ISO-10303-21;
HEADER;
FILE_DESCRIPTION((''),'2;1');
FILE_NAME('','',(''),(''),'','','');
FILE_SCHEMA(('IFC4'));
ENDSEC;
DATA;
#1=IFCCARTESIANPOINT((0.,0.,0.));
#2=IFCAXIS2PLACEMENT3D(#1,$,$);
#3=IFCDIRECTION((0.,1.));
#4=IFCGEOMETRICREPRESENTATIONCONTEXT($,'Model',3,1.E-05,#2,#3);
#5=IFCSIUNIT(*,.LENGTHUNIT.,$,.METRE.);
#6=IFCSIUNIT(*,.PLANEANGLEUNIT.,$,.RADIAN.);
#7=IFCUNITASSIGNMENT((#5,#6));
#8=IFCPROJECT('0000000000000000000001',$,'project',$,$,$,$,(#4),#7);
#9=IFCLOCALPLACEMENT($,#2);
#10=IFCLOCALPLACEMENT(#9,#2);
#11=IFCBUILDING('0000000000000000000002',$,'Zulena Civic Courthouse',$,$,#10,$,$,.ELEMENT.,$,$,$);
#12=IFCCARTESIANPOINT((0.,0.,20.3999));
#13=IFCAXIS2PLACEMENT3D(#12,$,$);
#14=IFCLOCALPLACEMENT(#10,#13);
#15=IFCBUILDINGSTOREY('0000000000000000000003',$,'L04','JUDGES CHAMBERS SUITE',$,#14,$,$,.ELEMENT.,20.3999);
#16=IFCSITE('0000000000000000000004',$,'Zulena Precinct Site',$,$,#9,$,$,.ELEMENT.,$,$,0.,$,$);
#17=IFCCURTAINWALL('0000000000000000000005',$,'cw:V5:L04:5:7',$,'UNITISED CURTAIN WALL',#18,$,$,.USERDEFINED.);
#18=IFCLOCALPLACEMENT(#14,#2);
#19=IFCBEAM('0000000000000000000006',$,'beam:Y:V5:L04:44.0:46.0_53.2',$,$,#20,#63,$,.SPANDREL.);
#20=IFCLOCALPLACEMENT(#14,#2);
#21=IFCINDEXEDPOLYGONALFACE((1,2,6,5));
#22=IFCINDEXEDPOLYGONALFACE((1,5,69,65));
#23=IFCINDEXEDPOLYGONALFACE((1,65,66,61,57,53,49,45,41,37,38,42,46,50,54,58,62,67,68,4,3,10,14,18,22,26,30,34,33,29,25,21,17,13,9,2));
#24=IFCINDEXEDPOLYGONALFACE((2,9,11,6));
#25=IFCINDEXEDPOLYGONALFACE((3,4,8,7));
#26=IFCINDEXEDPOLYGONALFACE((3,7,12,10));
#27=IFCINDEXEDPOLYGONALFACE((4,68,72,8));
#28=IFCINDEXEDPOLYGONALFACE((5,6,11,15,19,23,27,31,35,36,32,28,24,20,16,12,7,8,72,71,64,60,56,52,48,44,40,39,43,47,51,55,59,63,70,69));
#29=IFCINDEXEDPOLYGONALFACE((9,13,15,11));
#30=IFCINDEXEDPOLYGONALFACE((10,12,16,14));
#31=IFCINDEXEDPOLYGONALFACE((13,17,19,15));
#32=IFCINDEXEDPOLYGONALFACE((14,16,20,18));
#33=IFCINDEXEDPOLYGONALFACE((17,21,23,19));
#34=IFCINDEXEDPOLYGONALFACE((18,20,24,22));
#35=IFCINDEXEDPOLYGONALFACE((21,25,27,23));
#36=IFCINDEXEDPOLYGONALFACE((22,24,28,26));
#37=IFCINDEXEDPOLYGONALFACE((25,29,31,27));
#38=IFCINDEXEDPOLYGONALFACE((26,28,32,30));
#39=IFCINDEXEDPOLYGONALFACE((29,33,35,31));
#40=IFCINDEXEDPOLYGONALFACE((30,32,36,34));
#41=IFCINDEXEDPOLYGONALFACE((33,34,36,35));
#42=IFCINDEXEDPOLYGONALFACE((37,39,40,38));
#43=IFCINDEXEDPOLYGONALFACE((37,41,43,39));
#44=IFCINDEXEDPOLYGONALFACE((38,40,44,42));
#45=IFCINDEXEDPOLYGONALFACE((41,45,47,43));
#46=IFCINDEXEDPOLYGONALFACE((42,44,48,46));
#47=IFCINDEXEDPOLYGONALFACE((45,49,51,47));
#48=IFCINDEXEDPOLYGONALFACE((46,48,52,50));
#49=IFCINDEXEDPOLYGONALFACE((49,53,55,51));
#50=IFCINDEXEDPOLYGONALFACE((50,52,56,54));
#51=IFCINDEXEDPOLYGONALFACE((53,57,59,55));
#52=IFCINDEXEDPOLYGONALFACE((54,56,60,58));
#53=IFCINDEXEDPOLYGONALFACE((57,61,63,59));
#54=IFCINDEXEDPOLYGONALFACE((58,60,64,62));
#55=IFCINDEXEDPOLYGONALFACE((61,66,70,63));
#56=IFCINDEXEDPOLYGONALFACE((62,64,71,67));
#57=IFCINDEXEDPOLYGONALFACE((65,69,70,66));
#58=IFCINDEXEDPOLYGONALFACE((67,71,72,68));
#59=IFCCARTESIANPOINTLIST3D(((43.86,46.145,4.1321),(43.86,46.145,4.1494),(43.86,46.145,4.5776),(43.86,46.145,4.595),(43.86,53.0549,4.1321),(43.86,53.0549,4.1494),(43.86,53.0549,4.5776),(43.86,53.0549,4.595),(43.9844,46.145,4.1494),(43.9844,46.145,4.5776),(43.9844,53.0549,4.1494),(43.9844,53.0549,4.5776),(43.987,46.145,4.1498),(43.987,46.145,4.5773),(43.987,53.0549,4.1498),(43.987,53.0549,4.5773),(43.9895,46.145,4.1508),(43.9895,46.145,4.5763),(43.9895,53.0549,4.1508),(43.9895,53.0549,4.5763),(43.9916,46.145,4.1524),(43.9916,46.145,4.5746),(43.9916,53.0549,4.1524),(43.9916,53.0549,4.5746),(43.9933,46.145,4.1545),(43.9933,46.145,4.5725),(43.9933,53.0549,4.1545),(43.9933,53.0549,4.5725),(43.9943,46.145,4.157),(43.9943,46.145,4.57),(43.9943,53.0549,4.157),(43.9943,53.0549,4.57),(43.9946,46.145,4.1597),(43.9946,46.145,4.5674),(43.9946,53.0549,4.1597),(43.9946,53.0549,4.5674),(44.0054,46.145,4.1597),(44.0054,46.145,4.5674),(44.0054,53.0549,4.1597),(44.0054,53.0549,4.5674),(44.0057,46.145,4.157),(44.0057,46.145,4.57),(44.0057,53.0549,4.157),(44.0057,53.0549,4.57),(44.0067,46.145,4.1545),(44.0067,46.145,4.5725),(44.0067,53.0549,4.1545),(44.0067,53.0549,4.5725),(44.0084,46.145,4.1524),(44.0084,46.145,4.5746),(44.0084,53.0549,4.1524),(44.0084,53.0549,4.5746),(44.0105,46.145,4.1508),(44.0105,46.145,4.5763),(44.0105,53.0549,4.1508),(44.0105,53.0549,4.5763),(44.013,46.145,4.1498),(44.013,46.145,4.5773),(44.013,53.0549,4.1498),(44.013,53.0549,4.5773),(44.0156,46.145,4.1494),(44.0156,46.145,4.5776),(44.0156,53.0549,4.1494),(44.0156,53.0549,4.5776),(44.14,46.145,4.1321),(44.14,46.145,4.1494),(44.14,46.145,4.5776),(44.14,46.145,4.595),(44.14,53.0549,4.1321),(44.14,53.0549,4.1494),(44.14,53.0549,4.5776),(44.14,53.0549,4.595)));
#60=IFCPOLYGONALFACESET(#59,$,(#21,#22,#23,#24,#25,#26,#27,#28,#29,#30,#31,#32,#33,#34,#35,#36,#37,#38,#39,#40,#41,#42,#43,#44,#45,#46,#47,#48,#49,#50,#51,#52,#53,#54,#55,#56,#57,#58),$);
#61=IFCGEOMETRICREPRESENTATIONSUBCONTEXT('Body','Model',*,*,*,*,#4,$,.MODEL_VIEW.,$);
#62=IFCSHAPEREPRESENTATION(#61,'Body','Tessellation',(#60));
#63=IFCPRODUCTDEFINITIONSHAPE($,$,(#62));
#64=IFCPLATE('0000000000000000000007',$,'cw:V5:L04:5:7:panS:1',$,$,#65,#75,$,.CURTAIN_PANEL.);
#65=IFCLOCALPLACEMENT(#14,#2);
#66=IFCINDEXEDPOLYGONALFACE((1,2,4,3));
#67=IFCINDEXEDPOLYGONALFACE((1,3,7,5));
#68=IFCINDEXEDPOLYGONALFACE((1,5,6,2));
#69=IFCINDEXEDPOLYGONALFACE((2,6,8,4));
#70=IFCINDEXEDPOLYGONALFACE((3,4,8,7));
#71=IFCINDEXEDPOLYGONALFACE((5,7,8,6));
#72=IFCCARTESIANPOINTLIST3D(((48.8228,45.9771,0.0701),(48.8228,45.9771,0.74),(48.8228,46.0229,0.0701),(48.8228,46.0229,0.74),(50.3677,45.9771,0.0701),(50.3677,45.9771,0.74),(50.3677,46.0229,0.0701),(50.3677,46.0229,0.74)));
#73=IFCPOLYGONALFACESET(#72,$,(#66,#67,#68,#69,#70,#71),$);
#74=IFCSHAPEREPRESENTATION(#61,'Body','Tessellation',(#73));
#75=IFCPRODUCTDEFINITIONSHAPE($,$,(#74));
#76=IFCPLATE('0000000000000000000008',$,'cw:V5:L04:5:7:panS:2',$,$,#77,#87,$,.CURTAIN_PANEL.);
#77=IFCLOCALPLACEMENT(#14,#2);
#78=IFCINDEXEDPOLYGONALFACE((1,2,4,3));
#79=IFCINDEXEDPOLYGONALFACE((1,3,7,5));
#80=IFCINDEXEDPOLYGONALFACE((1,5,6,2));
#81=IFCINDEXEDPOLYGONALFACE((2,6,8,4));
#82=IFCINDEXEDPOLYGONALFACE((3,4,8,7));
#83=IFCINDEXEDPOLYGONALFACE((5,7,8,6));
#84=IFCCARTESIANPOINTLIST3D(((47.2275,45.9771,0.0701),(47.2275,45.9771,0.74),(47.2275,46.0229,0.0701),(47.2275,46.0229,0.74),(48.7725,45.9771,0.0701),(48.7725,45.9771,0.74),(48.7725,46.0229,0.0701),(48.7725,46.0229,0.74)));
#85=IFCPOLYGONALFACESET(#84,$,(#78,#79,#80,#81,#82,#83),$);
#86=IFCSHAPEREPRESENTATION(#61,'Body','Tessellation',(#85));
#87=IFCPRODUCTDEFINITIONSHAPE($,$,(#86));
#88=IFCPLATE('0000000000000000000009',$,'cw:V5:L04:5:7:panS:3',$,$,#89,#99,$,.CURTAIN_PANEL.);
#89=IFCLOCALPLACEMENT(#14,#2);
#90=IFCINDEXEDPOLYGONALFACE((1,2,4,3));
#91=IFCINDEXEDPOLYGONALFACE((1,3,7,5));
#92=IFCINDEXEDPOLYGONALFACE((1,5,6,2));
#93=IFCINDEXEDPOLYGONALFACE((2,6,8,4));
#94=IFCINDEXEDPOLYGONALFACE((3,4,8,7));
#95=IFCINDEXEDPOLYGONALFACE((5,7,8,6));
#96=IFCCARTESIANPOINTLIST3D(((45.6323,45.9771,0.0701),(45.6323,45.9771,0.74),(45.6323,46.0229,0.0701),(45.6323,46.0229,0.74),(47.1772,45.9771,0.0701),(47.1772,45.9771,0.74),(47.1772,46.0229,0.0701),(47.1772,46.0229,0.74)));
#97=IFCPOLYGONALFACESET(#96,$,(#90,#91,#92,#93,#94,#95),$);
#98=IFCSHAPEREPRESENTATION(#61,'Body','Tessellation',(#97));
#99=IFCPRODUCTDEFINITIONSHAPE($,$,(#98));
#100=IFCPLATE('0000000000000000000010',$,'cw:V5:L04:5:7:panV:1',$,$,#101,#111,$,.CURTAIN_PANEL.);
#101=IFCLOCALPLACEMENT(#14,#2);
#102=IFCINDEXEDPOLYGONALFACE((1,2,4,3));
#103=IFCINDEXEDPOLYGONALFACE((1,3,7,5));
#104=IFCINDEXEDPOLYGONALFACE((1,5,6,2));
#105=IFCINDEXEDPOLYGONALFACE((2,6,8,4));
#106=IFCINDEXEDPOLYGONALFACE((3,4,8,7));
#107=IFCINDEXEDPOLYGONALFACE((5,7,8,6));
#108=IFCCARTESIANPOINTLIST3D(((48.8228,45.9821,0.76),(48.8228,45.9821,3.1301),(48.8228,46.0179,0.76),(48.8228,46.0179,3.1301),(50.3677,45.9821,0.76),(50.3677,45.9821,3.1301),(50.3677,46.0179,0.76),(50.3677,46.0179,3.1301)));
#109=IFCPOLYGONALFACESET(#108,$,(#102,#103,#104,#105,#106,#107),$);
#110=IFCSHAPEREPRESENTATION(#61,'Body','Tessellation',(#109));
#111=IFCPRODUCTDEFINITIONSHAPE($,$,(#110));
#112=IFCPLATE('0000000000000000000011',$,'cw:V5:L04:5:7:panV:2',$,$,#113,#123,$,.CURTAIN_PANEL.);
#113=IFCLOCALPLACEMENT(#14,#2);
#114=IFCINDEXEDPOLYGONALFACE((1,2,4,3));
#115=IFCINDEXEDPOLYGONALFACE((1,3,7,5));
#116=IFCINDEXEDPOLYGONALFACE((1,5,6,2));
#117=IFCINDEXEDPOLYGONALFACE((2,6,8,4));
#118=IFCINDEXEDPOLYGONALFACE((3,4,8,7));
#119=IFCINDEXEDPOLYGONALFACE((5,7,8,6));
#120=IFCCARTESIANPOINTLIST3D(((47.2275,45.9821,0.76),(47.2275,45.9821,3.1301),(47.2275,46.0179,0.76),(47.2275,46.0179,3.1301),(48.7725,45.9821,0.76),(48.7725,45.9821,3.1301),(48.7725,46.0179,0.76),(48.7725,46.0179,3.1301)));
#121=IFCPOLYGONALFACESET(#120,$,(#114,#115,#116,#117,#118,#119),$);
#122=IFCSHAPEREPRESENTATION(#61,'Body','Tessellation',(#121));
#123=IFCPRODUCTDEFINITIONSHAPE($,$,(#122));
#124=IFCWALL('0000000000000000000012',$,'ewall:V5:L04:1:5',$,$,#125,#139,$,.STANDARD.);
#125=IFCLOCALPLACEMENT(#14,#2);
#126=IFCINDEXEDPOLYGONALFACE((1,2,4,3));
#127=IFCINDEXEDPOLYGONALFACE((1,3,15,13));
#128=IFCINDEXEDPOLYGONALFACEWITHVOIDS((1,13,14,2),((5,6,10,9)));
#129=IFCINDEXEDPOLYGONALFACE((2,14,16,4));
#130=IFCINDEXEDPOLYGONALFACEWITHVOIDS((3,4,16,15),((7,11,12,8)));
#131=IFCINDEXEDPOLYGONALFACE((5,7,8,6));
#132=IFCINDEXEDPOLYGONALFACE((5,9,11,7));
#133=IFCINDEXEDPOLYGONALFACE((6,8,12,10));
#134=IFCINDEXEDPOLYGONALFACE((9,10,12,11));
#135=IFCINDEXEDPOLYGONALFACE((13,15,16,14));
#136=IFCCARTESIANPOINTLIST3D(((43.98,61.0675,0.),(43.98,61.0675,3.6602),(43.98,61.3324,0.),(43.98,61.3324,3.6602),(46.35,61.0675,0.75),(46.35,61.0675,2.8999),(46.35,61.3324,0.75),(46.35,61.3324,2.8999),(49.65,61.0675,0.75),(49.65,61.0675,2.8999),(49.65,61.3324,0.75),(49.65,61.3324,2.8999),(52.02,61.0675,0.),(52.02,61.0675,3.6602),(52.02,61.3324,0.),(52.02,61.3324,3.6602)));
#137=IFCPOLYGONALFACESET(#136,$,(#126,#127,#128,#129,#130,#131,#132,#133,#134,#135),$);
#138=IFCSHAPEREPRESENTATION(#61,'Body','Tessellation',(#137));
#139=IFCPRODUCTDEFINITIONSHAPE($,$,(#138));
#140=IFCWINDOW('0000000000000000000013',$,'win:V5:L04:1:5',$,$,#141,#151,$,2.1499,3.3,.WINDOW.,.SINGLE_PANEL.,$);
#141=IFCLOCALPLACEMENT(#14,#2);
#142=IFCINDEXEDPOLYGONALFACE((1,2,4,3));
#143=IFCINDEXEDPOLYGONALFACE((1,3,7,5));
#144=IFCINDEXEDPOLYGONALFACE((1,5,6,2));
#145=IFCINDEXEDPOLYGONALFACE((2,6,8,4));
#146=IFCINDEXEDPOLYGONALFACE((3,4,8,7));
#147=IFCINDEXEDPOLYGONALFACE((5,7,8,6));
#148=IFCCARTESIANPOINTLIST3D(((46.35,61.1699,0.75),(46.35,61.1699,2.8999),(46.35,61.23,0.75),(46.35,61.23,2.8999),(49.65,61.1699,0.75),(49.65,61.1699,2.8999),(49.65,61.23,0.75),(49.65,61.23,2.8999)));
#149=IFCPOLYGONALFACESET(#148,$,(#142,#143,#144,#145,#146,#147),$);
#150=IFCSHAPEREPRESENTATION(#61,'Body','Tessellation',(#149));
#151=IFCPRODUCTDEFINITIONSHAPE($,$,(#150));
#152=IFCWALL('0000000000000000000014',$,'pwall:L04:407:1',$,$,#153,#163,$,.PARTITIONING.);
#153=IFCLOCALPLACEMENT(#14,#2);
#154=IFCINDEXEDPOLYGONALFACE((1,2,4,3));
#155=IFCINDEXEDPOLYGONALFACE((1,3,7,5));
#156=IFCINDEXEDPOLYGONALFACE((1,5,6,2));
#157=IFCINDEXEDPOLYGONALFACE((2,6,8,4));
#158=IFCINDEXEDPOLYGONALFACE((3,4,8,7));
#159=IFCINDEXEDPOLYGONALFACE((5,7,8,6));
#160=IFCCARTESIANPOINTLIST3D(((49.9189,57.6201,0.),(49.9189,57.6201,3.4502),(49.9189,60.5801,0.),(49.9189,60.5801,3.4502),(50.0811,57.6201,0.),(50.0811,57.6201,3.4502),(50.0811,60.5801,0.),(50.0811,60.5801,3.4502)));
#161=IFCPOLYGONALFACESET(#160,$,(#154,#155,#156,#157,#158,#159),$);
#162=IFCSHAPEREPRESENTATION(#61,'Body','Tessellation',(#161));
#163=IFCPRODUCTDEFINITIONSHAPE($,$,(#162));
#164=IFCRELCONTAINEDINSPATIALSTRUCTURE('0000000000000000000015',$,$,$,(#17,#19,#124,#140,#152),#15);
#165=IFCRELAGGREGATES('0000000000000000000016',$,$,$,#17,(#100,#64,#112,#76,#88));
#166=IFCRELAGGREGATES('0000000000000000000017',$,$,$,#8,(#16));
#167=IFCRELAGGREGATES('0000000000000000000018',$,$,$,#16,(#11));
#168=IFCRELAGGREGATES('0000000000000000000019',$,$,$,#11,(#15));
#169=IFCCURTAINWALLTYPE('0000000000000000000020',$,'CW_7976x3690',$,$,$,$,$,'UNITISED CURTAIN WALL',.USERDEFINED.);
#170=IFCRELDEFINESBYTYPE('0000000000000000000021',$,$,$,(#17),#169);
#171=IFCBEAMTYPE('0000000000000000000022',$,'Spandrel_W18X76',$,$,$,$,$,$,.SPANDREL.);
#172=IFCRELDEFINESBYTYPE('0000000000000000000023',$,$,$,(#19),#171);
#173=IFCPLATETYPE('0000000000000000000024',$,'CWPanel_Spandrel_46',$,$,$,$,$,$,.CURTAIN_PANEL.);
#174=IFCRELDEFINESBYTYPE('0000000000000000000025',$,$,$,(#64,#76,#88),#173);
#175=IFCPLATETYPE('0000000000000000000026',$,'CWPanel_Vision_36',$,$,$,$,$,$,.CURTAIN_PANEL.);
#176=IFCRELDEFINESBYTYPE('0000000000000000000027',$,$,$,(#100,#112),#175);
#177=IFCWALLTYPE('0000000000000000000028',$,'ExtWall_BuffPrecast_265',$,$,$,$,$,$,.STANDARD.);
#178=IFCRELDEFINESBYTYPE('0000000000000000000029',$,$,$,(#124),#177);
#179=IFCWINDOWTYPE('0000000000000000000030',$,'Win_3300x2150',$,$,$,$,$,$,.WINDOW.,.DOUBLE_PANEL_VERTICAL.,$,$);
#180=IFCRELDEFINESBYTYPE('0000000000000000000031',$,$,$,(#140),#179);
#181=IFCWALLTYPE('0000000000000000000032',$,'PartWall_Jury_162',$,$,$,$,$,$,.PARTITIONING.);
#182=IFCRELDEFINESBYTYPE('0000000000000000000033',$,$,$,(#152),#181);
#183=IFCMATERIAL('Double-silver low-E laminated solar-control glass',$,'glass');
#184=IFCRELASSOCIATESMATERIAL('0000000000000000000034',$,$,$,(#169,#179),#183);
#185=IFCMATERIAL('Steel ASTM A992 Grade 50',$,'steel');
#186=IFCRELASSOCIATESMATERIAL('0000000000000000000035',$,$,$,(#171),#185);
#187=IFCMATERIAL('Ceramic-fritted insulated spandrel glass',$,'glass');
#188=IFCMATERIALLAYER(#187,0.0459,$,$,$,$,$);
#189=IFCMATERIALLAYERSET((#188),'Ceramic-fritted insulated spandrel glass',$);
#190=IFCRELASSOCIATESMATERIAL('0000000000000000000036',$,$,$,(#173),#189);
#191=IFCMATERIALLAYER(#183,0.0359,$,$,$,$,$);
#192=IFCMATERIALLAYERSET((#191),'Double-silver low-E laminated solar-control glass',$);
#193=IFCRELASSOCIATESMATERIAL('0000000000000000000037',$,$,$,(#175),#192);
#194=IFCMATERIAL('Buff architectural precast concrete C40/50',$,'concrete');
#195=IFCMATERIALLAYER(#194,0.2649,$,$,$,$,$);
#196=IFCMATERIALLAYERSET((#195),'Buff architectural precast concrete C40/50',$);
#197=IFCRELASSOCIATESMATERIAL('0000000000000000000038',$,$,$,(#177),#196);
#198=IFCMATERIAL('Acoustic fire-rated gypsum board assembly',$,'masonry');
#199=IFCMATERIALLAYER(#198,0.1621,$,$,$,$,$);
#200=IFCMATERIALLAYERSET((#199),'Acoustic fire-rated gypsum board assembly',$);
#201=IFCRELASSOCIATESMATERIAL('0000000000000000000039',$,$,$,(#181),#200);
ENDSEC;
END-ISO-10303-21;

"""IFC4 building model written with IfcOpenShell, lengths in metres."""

from ifc_helpers import new_model, si_unit, direction, frame, frame_2d, origin, origin_2d, place, context, subcontext, project, spatial, rectangle, i_section, extrude, material, layer, layer_set, material_profile, profile_set, type_object, element, fill, aggregate, save


model = new_model("IFC4")

# Units and contexts
model_context = context("Model", 3, precision=1e-05, world=origin(), true_north=direction((0.0, 1.0)))
body_context = subcontext(model_context, "Body", "Model", "MODEL_VIEW")
ifc_project = project(units=[si_unit("LENGTHUNIT", "METRE"), si_unit("PLANEANGLEUNIT", "RADIAN")], contexts=[model_context])

# Site, building, storey
site_placement = place(None, origin())
site = spatial("IfcSite", under=ifc_project, at=site_placement, Name="Zulena Precinct Site", CompositionType="ELEMENT", RefElevation=0.0)
building_placement = place(site_placement, origin())
building = spatial("IfcBuilding", under=site, at=building_placement, Name="Zulena Civic Courthouse", CompositionType="ELEMENT")
storey_placement = place(building_placement, frame((0.0, 0.0, 20.3999)))
storey = spatial("IfcBuildingStorey", under=building, at=storey_placement, Name="L04", Description="JUDGES CHAMBERS SUITE", CompositionType="ELEMENT", Elevation=20.3999)

# Shared definitions
ifc_material_1 = material(Name="Steel ASTM A992 Grade 50", Category="steel")

# Curtain wall
ifc_material_2 = material(Name="Double-silver low-E laminated solar-control glass", Category="glass")
curtain_wall_type = type_object("IfcCurtainWallType", Name="CW_7976x3690", ElementType="UNITISED CURTAIN WALL", PredefinedType="USERDEFINED", material=ifc_material_2)
curtain_wall_placement = place(storey_placement, origin())
curtain_wall = element("IfcCurtainWall", 1, at=curtain_wall_placement, inside=storey, type_object=curtain_wall_type, Name="cw:V5:L04:5:7", ObjectType="UNITISED CURTAIN WALL", PredefinedType="USERDEFINED")

# Beam
ifc_material_profile_1 = material_profile(ifc_material_1, i_section(OverallWidth=0.28, OverallDepth=0.4629, WebThickness=0.0107, FlangeThickness=0.0173, FilletRadius=0.0103, at=origin_2d()), Name="W18X76")
ifc_profile_set_1 = profile_set([ifc_material_profile_1], Name="Steel ASTM A992 Grade 50")
beam_type_1 = type_object("IfcBeamType", Name="Spandrel_W18X76", PredefinedType="SPANDREL", material=ifc_profile_set_1)
for number, where, z_axis, x_axis, name in (
    (2, (44.0, 46.145, 4.3635), (0.0, 1.0, 0.0), (-1.0, 0.0, 0.0), "beam:Y:V5:L04:44.0:46.0_53.2"),
):
    element("IfcBeam", number, at=place(storey_placement, frame(where, z_axis=z_axis, x_axis=x_axis)), inside=storey, type_object=beam_type_1, Name=name, PredefinedType="SPANDREL", context=body_context, shape_type="SweptSolid", body=[
        extrude(i_section(OverallWidth=0.28, OverallDepth=0.4629, WebThickness=0.0107, FlangeThickness=0.0173, FilletRadius=0.0103, at=origin_2d()), origin(), (0.0, 0.0, 1.0), 6.9099),
    ])

# Plates
ifc_material_3 = material(Name="Ceramic-fritted insulated spandrel glass", Category="glass")
ifc_layer_1 = layer(ifc_material_3, 0.0459)
ifc_layer_set_1 = layer_set([ifc_layer_1], Name="Ceramic-fritted insulated spandrel glass")
plate_type_1 = type_object("IfcPlateType", Name="CWPanel_Spandrel_46", PredefinedType="CURTAIN_PANEL", material=ifc_layer_set_1)
plate_1_placement = place(storey_placement, frame((49.5952, 46.0, 0.0701), z_axis=(0.0, 0.0, 1.0), x_axis=(-1.0, 0.0, 0.0)))
plate_1 = element("IfcPlate", 3, at=plate_1_placement, type_object=plate_type_1, Name="cw:V5:L04:5:7:panS:1", PredefinedType="CURTAIN_PANEL", context=body_context, shape_type="SweptSolid", body=[
    extrude(rectangle(XDim=1.5449, YDim=0.0459, at=origin_2d()), origin(), (0.0, 0.0, 1.0), 0.6699),
])
plate_2_placement = place(storey_placement, frame((48.0, 46.0, 0.0701), z_axis=(0.0, 0.0, 1.0), x_axis=(-1.0, 0.0, 0.0)))
plate_2 = element("IfcPlate", 4, at=plate_2_placement, type_object=plate_type_1, Name="cw:V5:L04:5:7:panS:2", PredefinedType="CURTAIN_PANEL", context=body_context, shape_type="SweptSolid", body=[
    extrude(rectangle(XDim=1.5449, YDim=0.0459, at=origin_2d()), origin(), (0.0, 0.0, 1.0), 0.6699),
])
plate_3_placement = place(storey_placement, frame((46.4048, 46.0, 0.0701), z_axis=(0.0, 0.0, 1.0), x_axis=(-1.0, 0.0, 0.0)))
plate_3 = element("IfcPlate", 5, at=plate_3_placement, type_object=plate_type_1, Name="cw:V5:L04:5:7:panS:3", PredefinedType="CURTAIN_PANEL", context=body_context, shape_type="SweptSolid", body=[
    extrude(rectangle(XDim=1.5449, YDim=0.0459, at=origin_2d()), origin(), (0.0, 0.0, 1.0), 0.6699),
])
ifc_layer_2 = layer(ifc_material_2, 0.0359)
ifc_layer_set_2 = layer_set([ifc_layer_2], Name="Double-silver low-E laminated solar-control glass")
plate_type_2 = type_object("IfcPlateType", Name="CWPanel_Vision_36", PredefinedType="CURTAIN_PANEL", material=ifc_layer_set_2)
plate_4_placement = place(storey_placement, frame((49.5952, 46.0, 0.76), z_axis=(0.0, 0.0, 1.0), x_axis=(-1.0, 0.0, 0.0)))
plate_4 = element("IfcPlate", 6, at=plate_4_placement, type_object=plate_type_2, Name="cw:V5:L04:5:7:panV:1", PredefinedType="CURTAIN_PANEL", context=body_context, shape_type="SweptSolid", body=[
    extrude(rectangle(XDim=1.5449, YDim=0.0359, at=origin_2d()), origin(), (0.0, 0.0, 1.0), 2.3701),
])
plate_5_placement = place(storey_placement, frame((48.0, 46.0, 0.76), z_axis=(0.0, 0.0, 1.0), x_axis=(-1.0, 0.0, 0.0)))
plate_5 = element("IfcPlate", 7, at=plate_5_placement, type_object=plate_type_2, Name="cw:V5:L04:5:7:panV:2", PredefinedType="CURTAIN_PANEL", context=body_context, shape_type="SweptSolid", body=[
    extrude(rectangle(XDim=1.5449, YDim=0.0359, at=origin_2d()), origin(), (0.0, 0.0, 1.0), 2.3701),
])
aggregate(curtain_wall, [plate_4, plate_1, plate_5, plate_2, plate_3])

# Wall, opening, window
ifc_material_4 = material(Name="Buff architectural precast concrete C40/50", Category="concrete")
ifc_layer_3 = layer(ifc_material_4, 0.2649)
ifc_layer_set_3 = layer_set([ifc_layer_3], Name="Buff architectural precast concrete C40/50")
wall_type_1 = type_object("IfcWallType", Name="ExtWall_BuffPrecast_265", PredefinedType="STANDARD", material=ifc_layer_set_3)
wall_1_placement = place(storey_placement, frame((43.98, 61.2, 0.0), z_axis=(0.0, 0.0, 1.0), x_axis=(1.0, 0.0, 0.0)))
wall_1 = element("IfcWall", 8, at=wall_1_placement, inside=storey, type_object=wall_type_1, Name="ewall:V5:L04:1:5", PredefinedType="STANDARD", context=body_context, shape_type="SweptSolid", body=[
    extrude(rectangle(XDim=8.04, YDim=0.2649, at=frame_2d((4.02, 0.0))), origin(), (0.0, 0.0, 1.0), 3.6602),
])
opening_1_placement = place(wall_1_placement, frame((2.3701, 0.0, 0.75)))
opening_1 = element("IfcOpeningElement", 9, at=opening_1_placement, cuts=wall_1, PredefinedType="OPENING", context=body_context, shape_type="SweptSolid", body=[
    extrude(rectangle(XDim=3.3, YDim=2.1499, at=frame_2d((1.6499, 1.075))), frame((0.0, 0.1423, 0.0), z_axis=(0.0, -1.0, 0.0), x_axis=(1.0, 0.0, 0.0)), (0.0, 0.0, 1.0), 0.2849),
])
window_type = type_object("IfcWindowType", Name="Win_3300x2150", PartitioningType="DOUBLE_PANEL_VERTICAL", PredefinedType="WINDOW", material=ifc_material_2)
window_placement = place(opening_1_placement, origin())
window = element("IfcWindow", 10, at=window_placement, inside=storey, type_object=window_type, Name="win:V5:L04:1:5", OverallHeight=2.1499, OverallWidth=3.3, PartitioningType="SINGLE_PANEL", PredefinedType="WINDOW", context=body_context, shape_type="SweptSolid", body=[
    extrude(rectangle(XDim=3.3, YDim=2.1499, at=frame_2d((1.6499, 1.075))), frame((0.0, 0.03, 0.0), z_axis=(0.0, -1.0, 0.0), x_axis=(1.0, 0.0, 0.0)), (0.0, 0.0, 1.0), 0.0601),
])
fill(opening_1, window)

# Wall
ifc_material_5 = material(Name="Acoustic fire-rated gypsum board assembly", Category="masonry")
ifc_layer_4 = layer(ifc_material_5, 0.1621)
ifc_layer_set_4 = layer_set([ifc_layer_4], Name="Acoustic fire-rated gypsum board assembly")
wall_type_2 = type_object("IfcWallType", Name="PartWall_Jury_162", PredefinedType="PARTITIONING", material=ifc_layer_set_4)
wall_2_placement = place(storey_placement, frame((50.0, 57.6201, 0.0), z_axis=(0.0, 0.0, 1.0), x_axis=(0.0, 1.0, 0.0)))
element("IfcWall", 11, at=wall_2_placement, inside=storey, type_object=wall_type_2, Name="pwall:L04:407:1", PredefinedType="PARTITIONING", context=body_context, shape_type="SweptSolid", body=[
    extrude(rectangle(XDim=2.96, YDim=0.1621, at=frame_2d((1.48, 0.0))), origin(), (0.0, 0.0, 1.0), 3.4502),
])

save(model, "model.ifc")
